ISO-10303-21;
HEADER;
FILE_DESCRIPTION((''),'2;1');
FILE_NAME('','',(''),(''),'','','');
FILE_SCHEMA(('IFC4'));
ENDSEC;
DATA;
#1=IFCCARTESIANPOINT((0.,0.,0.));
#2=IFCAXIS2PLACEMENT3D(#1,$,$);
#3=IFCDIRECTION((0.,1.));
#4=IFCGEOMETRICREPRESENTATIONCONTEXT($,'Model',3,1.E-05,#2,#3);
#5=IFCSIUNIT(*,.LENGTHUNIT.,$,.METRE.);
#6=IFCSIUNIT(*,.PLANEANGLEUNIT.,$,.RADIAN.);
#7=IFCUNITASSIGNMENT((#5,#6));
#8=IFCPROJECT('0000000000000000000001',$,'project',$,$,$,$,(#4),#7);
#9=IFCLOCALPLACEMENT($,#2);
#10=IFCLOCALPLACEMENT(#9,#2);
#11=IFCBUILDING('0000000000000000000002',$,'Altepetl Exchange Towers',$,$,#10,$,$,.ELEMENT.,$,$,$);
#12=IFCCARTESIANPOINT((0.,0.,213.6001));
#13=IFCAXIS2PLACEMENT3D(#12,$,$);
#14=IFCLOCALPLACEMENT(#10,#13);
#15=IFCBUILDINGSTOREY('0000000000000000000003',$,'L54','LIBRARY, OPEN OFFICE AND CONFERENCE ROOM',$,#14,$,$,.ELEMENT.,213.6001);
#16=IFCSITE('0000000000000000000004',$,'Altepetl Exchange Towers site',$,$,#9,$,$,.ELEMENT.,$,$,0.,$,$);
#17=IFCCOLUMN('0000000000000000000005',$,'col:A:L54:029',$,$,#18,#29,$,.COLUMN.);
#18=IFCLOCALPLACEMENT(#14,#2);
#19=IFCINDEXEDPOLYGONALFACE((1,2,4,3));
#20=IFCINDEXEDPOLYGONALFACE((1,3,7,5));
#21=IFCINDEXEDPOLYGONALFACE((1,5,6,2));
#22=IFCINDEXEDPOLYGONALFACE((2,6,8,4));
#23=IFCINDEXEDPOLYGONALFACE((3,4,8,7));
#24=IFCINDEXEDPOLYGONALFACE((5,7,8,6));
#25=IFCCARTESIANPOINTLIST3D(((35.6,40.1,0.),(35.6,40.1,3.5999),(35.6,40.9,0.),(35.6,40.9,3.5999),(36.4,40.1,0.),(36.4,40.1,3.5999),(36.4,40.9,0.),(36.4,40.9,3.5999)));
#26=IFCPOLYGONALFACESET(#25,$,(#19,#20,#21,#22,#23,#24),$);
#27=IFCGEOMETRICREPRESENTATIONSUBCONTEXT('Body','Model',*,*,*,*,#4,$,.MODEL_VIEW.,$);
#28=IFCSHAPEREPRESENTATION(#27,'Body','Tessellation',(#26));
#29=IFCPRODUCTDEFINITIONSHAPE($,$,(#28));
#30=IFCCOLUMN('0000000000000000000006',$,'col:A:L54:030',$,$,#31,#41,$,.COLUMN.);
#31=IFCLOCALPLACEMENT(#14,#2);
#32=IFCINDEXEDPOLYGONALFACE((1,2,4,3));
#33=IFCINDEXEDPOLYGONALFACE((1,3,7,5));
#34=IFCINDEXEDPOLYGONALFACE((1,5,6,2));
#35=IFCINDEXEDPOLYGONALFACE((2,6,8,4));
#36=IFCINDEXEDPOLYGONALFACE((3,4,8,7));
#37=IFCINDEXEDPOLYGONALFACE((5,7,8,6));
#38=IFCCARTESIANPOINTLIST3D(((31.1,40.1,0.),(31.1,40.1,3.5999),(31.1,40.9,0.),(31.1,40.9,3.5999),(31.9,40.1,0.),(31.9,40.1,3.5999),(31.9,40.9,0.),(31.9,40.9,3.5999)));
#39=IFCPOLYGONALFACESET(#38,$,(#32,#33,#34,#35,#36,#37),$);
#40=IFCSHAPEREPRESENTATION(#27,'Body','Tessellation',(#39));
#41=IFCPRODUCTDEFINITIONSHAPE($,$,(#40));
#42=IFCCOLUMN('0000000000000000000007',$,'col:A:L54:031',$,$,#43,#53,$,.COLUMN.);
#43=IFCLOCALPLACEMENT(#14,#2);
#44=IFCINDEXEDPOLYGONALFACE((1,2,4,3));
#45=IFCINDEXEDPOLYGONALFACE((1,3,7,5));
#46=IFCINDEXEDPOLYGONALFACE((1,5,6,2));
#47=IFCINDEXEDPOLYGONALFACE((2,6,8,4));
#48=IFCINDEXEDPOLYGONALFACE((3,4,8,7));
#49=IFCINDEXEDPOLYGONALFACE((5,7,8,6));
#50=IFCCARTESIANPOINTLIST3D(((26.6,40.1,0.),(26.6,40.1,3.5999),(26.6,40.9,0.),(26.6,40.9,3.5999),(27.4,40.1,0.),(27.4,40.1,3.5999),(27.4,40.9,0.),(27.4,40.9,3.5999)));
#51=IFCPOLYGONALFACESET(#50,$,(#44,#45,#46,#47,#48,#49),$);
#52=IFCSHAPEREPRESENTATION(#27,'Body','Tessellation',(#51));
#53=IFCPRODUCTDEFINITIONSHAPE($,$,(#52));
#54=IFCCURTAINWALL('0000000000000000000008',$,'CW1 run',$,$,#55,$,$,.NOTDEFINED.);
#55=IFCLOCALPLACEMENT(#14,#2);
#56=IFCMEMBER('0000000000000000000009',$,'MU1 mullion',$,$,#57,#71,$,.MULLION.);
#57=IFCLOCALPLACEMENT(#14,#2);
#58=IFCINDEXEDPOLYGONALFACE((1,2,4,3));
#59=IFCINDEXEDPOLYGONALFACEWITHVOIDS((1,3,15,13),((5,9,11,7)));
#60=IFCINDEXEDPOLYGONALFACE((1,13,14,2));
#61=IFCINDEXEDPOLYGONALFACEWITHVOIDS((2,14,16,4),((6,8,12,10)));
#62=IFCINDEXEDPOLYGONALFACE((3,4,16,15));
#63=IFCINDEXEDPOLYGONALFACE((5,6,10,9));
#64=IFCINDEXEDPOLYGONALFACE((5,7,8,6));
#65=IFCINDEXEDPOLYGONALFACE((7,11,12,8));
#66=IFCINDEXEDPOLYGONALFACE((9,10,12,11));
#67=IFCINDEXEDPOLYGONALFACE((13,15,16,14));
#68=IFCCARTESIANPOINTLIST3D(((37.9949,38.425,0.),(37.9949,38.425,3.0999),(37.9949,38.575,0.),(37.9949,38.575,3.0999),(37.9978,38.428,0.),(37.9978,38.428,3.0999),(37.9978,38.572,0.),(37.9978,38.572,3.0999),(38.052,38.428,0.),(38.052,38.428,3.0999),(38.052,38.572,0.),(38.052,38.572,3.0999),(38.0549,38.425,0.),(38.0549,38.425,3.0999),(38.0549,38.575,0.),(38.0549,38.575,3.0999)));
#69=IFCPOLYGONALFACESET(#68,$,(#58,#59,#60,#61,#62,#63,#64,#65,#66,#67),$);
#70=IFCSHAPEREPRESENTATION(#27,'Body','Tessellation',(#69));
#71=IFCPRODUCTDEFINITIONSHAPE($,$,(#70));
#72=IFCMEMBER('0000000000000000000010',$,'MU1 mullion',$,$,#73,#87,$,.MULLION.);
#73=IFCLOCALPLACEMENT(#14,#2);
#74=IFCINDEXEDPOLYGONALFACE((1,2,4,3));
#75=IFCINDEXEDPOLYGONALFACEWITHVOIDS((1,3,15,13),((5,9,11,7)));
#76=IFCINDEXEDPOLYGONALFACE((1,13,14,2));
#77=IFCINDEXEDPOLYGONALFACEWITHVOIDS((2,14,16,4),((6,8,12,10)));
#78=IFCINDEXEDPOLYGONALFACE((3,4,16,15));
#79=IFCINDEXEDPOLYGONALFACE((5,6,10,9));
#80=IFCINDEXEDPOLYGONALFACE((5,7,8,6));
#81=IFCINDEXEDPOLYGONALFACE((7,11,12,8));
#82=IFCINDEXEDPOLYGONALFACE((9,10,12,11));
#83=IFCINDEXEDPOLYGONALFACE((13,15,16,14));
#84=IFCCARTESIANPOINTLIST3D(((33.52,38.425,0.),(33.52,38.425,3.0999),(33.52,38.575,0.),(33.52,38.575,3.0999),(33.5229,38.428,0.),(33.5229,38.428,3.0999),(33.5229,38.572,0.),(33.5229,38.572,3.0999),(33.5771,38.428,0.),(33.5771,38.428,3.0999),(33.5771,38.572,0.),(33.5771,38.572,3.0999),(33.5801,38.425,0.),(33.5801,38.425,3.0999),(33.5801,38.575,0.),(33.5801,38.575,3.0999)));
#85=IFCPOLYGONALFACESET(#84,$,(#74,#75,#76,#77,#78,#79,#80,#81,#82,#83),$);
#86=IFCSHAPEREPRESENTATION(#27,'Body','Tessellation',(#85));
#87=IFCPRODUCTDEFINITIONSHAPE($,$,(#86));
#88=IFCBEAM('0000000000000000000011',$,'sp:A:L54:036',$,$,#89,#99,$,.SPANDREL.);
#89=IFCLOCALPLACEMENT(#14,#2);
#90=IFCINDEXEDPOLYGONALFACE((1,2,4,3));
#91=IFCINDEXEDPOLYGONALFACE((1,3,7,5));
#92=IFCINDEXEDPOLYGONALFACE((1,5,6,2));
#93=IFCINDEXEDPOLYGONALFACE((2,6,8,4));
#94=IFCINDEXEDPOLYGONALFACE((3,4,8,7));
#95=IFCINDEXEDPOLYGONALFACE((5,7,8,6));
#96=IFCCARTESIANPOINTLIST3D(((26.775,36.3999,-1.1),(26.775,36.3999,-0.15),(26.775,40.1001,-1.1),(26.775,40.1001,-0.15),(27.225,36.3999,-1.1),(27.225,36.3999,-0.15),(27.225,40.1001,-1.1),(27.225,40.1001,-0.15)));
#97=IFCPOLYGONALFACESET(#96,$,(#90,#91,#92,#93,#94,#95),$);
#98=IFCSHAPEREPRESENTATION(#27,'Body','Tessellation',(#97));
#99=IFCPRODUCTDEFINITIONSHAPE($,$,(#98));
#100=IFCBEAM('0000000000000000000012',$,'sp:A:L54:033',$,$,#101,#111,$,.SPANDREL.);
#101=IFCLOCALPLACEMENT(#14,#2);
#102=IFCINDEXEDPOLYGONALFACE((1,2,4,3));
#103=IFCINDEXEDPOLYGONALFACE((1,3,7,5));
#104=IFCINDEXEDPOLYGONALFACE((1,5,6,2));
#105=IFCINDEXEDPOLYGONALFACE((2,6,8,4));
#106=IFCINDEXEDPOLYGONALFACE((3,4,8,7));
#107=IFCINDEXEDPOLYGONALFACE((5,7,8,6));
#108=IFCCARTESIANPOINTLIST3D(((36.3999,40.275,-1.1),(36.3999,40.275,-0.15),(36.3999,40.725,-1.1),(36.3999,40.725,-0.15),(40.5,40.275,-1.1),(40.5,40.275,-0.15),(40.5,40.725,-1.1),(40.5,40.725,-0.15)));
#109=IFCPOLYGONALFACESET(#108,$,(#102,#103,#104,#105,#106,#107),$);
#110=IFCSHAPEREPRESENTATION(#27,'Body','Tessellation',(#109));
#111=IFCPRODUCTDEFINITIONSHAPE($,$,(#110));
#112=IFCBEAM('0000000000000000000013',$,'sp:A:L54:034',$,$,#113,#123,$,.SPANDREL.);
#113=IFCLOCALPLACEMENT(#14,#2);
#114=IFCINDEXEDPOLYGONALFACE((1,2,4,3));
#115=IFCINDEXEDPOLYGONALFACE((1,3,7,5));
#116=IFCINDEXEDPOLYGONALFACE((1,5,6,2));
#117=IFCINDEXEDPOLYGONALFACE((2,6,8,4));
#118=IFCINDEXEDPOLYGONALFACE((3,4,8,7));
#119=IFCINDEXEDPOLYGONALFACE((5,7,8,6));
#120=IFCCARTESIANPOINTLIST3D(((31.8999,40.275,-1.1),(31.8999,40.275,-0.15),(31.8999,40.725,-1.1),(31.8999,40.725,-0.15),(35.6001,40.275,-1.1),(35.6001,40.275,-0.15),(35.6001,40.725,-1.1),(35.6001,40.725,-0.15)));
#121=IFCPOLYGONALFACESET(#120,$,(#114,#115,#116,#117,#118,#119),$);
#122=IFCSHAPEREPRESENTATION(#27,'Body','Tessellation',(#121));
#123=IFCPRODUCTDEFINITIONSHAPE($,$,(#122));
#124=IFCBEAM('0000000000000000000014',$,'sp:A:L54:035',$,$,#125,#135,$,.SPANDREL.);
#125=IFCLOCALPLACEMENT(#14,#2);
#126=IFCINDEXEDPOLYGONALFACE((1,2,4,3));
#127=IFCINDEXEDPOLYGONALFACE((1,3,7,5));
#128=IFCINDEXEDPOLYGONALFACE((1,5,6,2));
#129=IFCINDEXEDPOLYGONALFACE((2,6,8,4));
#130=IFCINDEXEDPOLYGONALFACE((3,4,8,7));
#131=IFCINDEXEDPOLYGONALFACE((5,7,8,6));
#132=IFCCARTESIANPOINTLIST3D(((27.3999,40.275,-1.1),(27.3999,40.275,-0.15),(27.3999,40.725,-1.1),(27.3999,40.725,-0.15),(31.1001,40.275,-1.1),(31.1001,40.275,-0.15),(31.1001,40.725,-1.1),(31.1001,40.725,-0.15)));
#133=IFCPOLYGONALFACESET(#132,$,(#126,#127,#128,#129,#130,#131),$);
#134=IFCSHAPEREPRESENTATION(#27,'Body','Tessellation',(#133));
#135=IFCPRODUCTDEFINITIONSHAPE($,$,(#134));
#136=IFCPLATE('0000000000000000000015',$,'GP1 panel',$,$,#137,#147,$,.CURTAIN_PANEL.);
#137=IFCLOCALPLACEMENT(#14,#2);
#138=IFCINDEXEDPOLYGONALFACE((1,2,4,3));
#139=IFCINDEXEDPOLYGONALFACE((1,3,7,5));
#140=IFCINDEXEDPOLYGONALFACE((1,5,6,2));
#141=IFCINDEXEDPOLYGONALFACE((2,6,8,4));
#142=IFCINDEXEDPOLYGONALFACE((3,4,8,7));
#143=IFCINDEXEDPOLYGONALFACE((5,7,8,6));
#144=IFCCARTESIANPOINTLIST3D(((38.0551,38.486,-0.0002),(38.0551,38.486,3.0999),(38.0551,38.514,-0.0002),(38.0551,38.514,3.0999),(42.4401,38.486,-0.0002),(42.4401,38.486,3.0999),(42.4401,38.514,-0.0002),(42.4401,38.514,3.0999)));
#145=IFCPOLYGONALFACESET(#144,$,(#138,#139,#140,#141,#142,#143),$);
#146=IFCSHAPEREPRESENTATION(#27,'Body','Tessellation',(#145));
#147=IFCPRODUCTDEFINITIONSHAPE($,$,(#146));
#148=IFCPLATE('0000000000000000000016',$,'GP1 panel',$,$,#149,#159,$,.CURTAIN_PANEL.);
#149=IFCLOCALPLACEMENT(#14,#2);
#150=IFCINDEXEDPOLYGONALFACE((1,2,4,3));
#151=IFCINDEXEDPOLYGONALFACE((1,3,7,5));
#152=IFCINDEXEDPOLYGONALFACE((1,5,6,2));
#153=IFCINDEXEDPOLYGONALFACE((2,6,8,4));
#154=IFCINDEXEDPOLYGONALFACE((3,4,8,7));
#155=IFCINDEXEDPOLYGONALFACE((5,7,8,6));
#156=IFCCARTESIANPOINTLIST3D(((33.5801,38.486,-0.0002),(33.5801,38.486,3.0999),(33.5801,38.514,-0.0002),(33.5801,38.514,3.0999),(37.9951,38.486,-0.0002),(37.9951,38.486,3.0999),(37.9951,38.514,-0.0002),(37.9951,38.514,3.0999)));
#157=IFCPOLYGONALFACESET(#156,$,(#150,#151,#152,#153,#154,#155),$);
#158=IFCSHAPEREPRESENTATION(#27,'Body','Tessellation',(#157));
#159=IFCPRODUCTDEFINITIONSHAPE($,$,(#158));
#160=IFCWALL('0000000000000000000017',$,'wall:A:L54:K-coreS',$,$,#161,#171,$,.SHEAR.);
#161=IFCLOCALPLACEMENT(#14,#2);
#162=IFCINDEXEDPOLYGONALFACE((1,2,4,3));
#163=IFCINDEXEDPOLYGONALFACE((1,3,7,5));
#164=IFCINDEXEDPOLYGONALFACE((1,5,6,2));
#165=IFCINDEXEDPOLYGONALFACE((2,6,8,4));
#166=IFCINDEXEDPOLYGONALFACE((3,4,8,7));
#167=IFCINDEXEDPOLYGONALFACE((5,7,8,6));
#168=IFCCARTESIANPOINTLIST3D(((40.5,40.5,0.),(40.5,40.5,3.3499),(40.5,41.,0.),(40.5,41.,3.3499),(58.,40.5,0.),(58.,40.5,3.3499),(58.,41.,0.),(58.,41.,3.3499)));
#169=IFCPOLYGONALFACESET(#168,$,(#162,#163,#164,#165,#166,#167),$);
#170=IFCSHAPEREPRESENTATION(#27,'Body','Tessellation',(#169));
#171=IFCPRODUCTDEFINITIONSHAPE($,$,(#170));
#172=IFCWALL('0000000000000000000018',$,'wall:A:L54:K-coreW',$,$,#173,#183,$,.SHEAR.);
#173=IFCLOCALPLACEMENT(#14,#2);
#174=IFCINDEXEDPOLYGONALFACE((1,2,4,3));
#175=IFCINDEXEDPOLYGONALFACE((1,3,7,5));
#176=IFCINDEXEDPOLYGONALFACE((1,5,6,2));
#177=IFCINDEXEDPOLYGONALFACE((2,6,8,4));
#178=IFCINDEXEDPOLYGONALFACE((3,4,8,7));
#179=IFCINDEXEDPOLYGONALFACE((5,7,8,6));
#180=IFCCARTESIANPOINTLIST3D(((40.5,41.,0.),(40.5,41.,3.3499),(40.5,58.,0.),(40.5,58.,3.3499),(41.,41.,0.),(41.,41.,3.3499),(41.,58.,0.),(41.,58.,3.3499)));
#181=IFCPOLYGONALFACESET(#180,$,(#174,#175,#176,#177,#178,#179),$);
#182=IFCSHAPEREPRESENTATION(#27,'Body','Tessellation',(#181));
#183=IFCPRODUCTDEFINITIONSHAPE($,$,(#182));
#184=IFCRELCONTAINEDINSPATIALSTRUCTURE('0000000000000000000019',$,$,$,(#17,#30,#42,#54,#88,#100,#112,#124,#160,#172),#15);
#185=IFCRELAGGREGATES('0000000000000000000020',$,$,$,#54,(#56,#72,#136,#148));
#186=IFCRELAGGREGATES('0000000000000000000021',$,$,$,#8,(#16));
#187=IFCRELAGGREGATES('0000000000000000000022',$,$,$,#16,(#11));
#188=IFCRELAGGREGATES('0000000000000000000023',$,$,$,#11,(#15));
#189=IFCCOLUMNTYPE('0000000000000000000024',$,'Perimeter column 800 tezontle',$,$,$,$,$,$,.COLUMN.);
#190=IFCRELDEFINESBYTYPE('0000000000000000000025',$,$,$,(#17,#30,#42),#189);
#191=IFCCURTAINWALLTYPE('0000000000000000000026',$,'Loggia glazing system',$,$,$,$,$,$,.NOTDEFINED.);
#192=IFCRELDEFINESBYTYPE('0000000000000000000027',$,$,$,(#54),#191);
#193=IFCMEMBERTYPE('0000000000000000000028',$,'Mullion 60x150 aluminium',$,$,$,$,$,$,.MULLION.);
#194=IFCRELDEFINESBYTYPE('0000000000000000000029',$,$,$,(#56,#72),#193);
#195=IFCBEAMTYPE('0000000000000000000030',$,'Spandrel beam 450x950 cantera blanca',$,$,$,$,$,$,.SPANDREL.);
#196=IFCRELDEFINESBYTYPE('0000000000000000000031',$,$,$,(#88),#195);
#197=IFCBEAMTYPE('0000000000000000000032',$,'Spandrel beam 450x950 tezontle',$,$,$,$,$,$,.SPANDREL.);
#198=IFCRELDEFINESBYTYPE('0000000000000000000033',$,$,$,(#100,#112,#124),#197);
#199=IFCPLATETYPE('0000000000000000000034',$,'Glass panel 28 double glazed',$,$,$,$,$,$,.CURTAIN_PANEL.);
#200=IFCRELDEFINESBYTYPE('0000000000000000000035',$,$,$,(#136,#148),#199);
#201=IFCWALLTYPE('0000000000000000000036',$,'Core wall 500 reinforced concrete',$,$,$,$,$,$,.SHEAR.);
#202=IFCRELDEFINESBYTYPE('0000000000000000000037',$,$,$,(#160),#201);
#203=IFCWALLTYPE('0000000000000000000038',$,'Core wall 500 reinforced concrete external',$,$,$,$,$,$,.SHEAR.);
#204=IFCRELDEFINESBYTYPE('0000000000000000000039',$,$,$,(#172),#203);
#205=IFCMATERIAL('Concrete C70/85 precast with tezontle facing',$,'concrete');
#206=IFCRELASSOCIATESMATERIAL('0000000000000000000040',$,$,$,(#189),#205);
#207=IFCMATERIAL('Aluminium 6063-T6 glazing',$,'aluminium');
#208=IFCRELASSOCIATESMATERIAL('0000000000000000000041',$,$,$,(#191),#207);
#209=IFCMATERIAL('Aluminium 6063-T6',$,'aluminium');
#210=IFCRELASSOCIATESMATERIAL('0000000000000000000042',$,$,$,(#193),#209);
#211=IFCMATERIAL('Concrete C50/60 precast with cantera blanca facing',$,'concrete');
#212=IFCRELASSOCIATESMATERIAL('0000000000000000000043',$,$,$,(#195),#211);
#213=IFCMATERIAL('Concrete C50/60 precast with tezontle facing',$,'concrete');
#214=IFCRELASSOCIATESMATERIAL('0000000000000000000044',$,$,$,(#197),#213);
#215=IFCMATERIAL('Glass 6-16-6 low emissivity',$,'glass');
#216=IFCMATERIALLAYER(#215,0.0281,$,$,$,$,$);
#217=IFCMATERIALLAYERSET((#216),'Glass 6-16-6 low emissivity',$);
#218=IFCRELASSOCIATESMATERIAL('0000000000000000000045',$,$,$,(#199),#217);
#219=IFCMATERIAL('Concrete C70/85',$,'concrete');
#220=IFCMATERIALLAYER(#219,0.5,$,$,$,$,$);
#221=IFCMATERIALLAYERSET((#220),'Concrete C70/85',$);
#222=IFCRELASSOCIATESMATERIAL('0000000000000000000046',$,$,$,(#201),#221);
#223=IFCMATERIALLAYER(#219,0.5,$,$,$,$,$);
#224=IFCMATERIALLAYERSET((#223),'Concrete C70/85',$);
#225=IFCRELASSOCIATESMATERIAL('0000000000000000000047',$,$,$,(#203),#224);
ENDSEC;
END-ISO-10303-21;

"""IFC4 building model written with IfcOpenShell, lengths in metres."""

from ifc_helpers import new_model, si_unit, direction, frame, frame_2d, origin, origin_2d, place, context, subcontext, project, spatial, rectangle, hollow_rectangle, extrude, material, layer, layer_set, material_profile, profile_set, type_object, element, aggregate, save


model = new_model("IFC4")

# Units and contexts
model_context = context("Model", 3, precision=1e-05, world=origin(), true_north=direction((0.0, 1.0)))
body_context = subcontext(model_context, "Body", "Model", "MODEL_VIEW")
ifc_project = project(units=[si_unit("LENGTHUNIT", "METRE"), si_unit("PLANEANGLEUNIT", "RADIAN")], contexts=[model_context])

# Site, building, storey
site_placement = place(None, origin())
site = spatial("IfcSite", under=ifc_project, at=site_placement, Name="Altepetl Exchange Towers site", CompositionType="ELEMENT", RefElevation=0.0)
building_placement = place(site_placement, origin())
building = spatial("IfcBuilding", under=site, at=building_placement, Name="Altepetl Exchange Towers", CompositionType="ELEMENT")
storey_placement = place(building_placement, frame((0.0, 0.0, 213.6001)))
storey = spatial("IfcBuildingStorey", under=building, at=storey_placement, Name="L54", Description="LIBRARY, OPEN OFFICE AND CONFERENCE ROOM", CompositionType="ELEMENT", Elevation=213.6001)

# Columns
ifc_material_1 = material(Name="Concrete C70/85 precast with tezontle facing", Category="concrete")
ifc_material_profile_1 = material_profile(ifc_material_1, rectangle(XDim=0.8, YDim=0.8, at=origin_2d()), Name="800 x 800")
ifc_profile_set_1 = profile_set([ifc_material_profile_1], Name="Concrete C70/85 precast with tezontle facing")
column_type = type_object("IfcColumnType", Name="Perimeter column 800 tezontle", PredefinedType="COLUMN", material=ifc_profile_set_1)
for number, where, name in (
    (1, (36.0, 40.5, 0.0), "col:A:L54:029"),
    (2, (31.5, 40.5, 0.0), "col:A:L54:030"),
    (3, (27.0, 40.5, 0.0), "col:A:L54:031"),
):
    element("IfcColumn", number, at=place(storey_placement, frame(where)), inside=storey, type_object=column_type, Name=name, PredefinedType="COLUMN", context=body_context, shape_type="SweptSolid", body=[
        extrude(rectangle(XDim=0.8, YDim=0.8, at=origin_2d()), origin(), (0.0, 0.0, 1.0), 3.5999),
    ])

# Curtain wall, members
ifc_material_2 = material(Name="Aluminium 6063-T6 glazing", Category="aluminium")
curtain_wall_type = type_object("IfcCurtainWallType", Name="Loggia glazing system", PredefinedType="NOTDEFINED", material=ifc_material_2)
curtain_wall_placement = place(storey_placement, origin())
curtain_wall = element("IfcCurtainWall", 4, at=curtain_wall_placement, inside=storey, type_object=curtain_wall_type, Name="CW1 run", PredefinedType="NOTDEFINED")
ifc_material_3 = material(Name="Aluminium 6063-T6", Category="aluminium")
ifc_material_profile_2 = material_profile(ifc_material_3, hollow_rectangle(XDim=0.0601, YDim=0.1499, WallThickness=0.0029, at=origin_2d()), Name="Mullion 60x150 aluminium")
ifc_profile_set_2 = profile_set([ifc_material_profile_2], Name="Aluminium 6063-T6")
member_type = type_object("IfcMemberType", Name="Mullion 60x150 aluminium", PredefinedType="MULLION", material=ifc_profile_set_2)
member_1_placement = place(storey_placement, frame((38.0249, 38.5, 0.0), z_axis=(0.0, 0.0, 1.0), x_axis=(-1.0, 0.0, 0.0)))
member_1 = element("IfcMember", 5, at=member_1_placement, type_object=member_type, Name="MU1 mullion", PredefinedType="MULLION", context=body_context, shape_type="SweptSolid", body=[
    extrude(hollow_rectangle(XDim=0.0601, YDim=0.1499, WallThickness=0.0029, at=origin_2d()), origin(), (0.0, 0.0, 1.0), 3.0999),
])
member_2_placement = place(storey_placement, frame((33.55, 38.5, 0.0), z_axis=(0.0, 0.0, 1.0), x_axis=(-1.0, 0.0, 0.0)))
member_2 = element("IfcMember", 6, at=member_2_placement, type_object=member_type, Name="MU1 mullion", PredefinedType="MULLION", context=body_context, shape_type="SweptSolid", body=[
    extrude(hollow_rectangle(XDim=0.0601, YDim=0.1499, WallThickness=0.0029, at=origin_2d()), origin(), (0.0, 0.0, 1.0), 3.0999),
])

# Beams
ifc_material_4 = material(Name="Concrete C50/60 precast with cantera blanca facing", Category="concrete")
ifc_material_profile_3 = material_profile(ifc_material_4, rectangle(XDim=0.45, YDim=0.95, at=origin_2d()), Name="450 x 950")
ifc_profile_set_3 = profile_set([ifc_material_profile_3], Name="Concrete C50/60 precast with cantera blanca facing")
beam_type_1 = type_object("IfcBeamType", Name="Spandrel beam 450x950 cantera blanca", PredefinedType="SPANDREL", material=ifc_profile_set_3)
beam_1_placement = place(storey_placement, frame((27.0, 40.1001, -0.625), z_axis=(0.0, -1.0, 0.0), x_axis=(1.0, 0.0, 0.0)))
element("IfcBeam", 7, at=beam_1_placement, inside=storey, type_object=beam_type_1, Name="sp:A:L54:036", PredefinedType="SPANDREL", context=body_context, shape_type="SweptSolid", body=[
    extrude(rectangle(XDim=0.45, YDim=0.95, at=origin_2d()), origin(), (0.0, 0.0, 1.0), 3.7002),
])
ifc_material_5 = material(Name="Concrete C50/60 precast with tezontle facing", Category="concrete")
ifc_material_profile_4 = material_profile(ifc_material_5, rectangle(XDim=0.45, YDim=0.95, at=origin_2d()), Name="450 x 950")
ifc_profile_set_4 = profile_set([ifc_material_profile_4], Name="Concrete C50/60 precast with tezontle facing")
beam_type_2 = type_object("IfcBeamType", Name="Spandrel beam 450x950 tezontle", PredefinedType="SPANDREL", material=ifc_profile_set_4)
beam_2_placement = place(storey_placement, frame((40.5, 40.5, -0.625), z_axis=(-1.0, 0.0, 0.0), x_axis=(0.0, -1.0, 0.0)))
element("IfcBeam", 8, at=beam_2_placement, inside=storey, type_object=beam_type_2, Name="sp:A:L54:033", PredefinedType="SPANDREL", context=body_context, shape_type="SweptSolid", body=[
    extrude(rectangle(XDim=0.45, YDim=0.95, at=origin_2d()), origin(), (0.0, 0.0, 1.0), 4.1001),
])
for number, where, z_axis, x_axis, name in (
    (9, (35.6001, 40.5, -0.625), (-1.0, 0.0, 0.0), (0.0, -1.0, 0.0), "sp:A:L54:034"),
    (10, (31.1001, 40.5, -0.625), (-1.0, 0.0, 0.0), (0.0, -1.0, 0.0), "sp:A:L54:035"),
):
    element("IfcBeam", number, at=place(storey_placement, frame(where, z_axis=z_axis, x_axis=x_axis)), inside=storey, type_object=beam_type_2, Name=name, PredefinedType="SPANDREL", context=body_context, shape_type="SweptSolid", body=[
        extrude(rectangle(XDim=0.45, YDim=0.95, at=origin_2d()), origin(), (0.0, 0.0, 1.0), 3.7002),
    ])

# Plates
ifc_material_6 = material(Name="Glass 6-16-6 low emissivity", Category="glass")
ifc_layer_1 = layer(ifc_material_6, 0.0281)
ifc_layer_set_1 = layer_set([ifc_layer_1], Name="Glass 6-16-6 low emissivity")
plate_type = type_object("IfcPlateType", Name="Glass panel 28 double glazed", PredefinedType="CURTAIN_PANEL", material=ifc_layer_set_1)
plate_1_placement = place(storey_placement, frame((40.2476, 38.5, -0.0002), z_axis=(0.0, 0.0, 1.0), x_axis=(-1.0, 0.0, 0.0)))
plate_1 = element("IfcPlate", 11, at=plate_1_placement, type_object=plate_type, Name="GP1 panel", PredefinedType="CURTAIN_PANEL", context=body_context, shape_type="SweptSolid", body=[
    extrude(rectangle(XDim=4.385, YDim=0.0281, at=origin_2d()), origin(), (0.0, 0.0, 1.0), 3.1001),
])
plate_2_placement = place(storey_placement, frame((35.7876, 38.5, -0.0002), z_axis=(0.0, 0.0, 1.0), x_axis=(-1.0, 0.0, 0.0)))
plate_2 = element("IfcPlate", 12, at=plate_2_placement, type_object=plate_type, Name="GP1 panel", PredefinedType="CURTAIN_PANEL", context=body_context, shape_type="SweptSolid", body=[
    extrude(rectangle(XDim=4.415, YDim=0.0281, at=origin_2d()), origin(), (0.0, 0.0, 1.0), 3.1001),
])
aggregate(curtain_wall, [member_1, member_2, plate_1, plate_2])

# Walls
ifc_material_7 = material(Name="Concrete C70/85", Category="concrete")
ifc_layer_2 = layer(ifc_material_7, 0.5)
ifc_layer_set_2 = layer_set([ifc_layer_2], Name="Concrete C70/85")
wall_type_1 = type_object("IfcWallType", Name="Core wall 500 reinforced concrete", PredefinedType="SHEAR", material=ifc_layer_set_2)
wall_1_placement = place(storey_placement, frame((40.5, 40.75, 0.0)))
element("IfcWall", 13, at=wall_1_placement, inside=storey, type_object=wall_type_1, Name="wall:A:L54:K-coreS", PredefinedType="SHEAR", context=body_context, shape_type="SweptSolid", body=[
    extrude(rectangle(XDim=17.5, YDim=0.5, at=frame_2d((8.75, 0.0))), origin(), (0.0, 0.0, 1.0), 3.3499),
])
ifc_layer_3 = layer(ifc_material_7, 0.5)
ifc_layer_set_3 = layer_set([ifc_layer_3], Name="Concrete C70/85")
wall_type_2 = type_object("IfcWallType", Name="Core wall 500 reinforced concrete external", PredefinedType="SHEAR", material=ifc_layer_set_3)
wall_2_placement = place(storey_placement, frame((40.75, 41.0, 0.0), z_axis=(0.0, 0.0, 1.0), x_axis=(0.0, 1.0, 0.0)))
element("IfcWall", 14, at=wall_2_placement, inside=storey, type_object=wall_type_2, Name="wall:A:L54:K-coreW", PredefinedType="SHEAR", context=body_context, shape_type="SweptSolid", body=[
    extrude(rectangle(XDim=17.0, YDim=0.5, at=frame_2d((8.5, 0.0))), origin(), (0.0, 0.0, 1.0), 3.3499),
])

save(model, "model.ifc")
